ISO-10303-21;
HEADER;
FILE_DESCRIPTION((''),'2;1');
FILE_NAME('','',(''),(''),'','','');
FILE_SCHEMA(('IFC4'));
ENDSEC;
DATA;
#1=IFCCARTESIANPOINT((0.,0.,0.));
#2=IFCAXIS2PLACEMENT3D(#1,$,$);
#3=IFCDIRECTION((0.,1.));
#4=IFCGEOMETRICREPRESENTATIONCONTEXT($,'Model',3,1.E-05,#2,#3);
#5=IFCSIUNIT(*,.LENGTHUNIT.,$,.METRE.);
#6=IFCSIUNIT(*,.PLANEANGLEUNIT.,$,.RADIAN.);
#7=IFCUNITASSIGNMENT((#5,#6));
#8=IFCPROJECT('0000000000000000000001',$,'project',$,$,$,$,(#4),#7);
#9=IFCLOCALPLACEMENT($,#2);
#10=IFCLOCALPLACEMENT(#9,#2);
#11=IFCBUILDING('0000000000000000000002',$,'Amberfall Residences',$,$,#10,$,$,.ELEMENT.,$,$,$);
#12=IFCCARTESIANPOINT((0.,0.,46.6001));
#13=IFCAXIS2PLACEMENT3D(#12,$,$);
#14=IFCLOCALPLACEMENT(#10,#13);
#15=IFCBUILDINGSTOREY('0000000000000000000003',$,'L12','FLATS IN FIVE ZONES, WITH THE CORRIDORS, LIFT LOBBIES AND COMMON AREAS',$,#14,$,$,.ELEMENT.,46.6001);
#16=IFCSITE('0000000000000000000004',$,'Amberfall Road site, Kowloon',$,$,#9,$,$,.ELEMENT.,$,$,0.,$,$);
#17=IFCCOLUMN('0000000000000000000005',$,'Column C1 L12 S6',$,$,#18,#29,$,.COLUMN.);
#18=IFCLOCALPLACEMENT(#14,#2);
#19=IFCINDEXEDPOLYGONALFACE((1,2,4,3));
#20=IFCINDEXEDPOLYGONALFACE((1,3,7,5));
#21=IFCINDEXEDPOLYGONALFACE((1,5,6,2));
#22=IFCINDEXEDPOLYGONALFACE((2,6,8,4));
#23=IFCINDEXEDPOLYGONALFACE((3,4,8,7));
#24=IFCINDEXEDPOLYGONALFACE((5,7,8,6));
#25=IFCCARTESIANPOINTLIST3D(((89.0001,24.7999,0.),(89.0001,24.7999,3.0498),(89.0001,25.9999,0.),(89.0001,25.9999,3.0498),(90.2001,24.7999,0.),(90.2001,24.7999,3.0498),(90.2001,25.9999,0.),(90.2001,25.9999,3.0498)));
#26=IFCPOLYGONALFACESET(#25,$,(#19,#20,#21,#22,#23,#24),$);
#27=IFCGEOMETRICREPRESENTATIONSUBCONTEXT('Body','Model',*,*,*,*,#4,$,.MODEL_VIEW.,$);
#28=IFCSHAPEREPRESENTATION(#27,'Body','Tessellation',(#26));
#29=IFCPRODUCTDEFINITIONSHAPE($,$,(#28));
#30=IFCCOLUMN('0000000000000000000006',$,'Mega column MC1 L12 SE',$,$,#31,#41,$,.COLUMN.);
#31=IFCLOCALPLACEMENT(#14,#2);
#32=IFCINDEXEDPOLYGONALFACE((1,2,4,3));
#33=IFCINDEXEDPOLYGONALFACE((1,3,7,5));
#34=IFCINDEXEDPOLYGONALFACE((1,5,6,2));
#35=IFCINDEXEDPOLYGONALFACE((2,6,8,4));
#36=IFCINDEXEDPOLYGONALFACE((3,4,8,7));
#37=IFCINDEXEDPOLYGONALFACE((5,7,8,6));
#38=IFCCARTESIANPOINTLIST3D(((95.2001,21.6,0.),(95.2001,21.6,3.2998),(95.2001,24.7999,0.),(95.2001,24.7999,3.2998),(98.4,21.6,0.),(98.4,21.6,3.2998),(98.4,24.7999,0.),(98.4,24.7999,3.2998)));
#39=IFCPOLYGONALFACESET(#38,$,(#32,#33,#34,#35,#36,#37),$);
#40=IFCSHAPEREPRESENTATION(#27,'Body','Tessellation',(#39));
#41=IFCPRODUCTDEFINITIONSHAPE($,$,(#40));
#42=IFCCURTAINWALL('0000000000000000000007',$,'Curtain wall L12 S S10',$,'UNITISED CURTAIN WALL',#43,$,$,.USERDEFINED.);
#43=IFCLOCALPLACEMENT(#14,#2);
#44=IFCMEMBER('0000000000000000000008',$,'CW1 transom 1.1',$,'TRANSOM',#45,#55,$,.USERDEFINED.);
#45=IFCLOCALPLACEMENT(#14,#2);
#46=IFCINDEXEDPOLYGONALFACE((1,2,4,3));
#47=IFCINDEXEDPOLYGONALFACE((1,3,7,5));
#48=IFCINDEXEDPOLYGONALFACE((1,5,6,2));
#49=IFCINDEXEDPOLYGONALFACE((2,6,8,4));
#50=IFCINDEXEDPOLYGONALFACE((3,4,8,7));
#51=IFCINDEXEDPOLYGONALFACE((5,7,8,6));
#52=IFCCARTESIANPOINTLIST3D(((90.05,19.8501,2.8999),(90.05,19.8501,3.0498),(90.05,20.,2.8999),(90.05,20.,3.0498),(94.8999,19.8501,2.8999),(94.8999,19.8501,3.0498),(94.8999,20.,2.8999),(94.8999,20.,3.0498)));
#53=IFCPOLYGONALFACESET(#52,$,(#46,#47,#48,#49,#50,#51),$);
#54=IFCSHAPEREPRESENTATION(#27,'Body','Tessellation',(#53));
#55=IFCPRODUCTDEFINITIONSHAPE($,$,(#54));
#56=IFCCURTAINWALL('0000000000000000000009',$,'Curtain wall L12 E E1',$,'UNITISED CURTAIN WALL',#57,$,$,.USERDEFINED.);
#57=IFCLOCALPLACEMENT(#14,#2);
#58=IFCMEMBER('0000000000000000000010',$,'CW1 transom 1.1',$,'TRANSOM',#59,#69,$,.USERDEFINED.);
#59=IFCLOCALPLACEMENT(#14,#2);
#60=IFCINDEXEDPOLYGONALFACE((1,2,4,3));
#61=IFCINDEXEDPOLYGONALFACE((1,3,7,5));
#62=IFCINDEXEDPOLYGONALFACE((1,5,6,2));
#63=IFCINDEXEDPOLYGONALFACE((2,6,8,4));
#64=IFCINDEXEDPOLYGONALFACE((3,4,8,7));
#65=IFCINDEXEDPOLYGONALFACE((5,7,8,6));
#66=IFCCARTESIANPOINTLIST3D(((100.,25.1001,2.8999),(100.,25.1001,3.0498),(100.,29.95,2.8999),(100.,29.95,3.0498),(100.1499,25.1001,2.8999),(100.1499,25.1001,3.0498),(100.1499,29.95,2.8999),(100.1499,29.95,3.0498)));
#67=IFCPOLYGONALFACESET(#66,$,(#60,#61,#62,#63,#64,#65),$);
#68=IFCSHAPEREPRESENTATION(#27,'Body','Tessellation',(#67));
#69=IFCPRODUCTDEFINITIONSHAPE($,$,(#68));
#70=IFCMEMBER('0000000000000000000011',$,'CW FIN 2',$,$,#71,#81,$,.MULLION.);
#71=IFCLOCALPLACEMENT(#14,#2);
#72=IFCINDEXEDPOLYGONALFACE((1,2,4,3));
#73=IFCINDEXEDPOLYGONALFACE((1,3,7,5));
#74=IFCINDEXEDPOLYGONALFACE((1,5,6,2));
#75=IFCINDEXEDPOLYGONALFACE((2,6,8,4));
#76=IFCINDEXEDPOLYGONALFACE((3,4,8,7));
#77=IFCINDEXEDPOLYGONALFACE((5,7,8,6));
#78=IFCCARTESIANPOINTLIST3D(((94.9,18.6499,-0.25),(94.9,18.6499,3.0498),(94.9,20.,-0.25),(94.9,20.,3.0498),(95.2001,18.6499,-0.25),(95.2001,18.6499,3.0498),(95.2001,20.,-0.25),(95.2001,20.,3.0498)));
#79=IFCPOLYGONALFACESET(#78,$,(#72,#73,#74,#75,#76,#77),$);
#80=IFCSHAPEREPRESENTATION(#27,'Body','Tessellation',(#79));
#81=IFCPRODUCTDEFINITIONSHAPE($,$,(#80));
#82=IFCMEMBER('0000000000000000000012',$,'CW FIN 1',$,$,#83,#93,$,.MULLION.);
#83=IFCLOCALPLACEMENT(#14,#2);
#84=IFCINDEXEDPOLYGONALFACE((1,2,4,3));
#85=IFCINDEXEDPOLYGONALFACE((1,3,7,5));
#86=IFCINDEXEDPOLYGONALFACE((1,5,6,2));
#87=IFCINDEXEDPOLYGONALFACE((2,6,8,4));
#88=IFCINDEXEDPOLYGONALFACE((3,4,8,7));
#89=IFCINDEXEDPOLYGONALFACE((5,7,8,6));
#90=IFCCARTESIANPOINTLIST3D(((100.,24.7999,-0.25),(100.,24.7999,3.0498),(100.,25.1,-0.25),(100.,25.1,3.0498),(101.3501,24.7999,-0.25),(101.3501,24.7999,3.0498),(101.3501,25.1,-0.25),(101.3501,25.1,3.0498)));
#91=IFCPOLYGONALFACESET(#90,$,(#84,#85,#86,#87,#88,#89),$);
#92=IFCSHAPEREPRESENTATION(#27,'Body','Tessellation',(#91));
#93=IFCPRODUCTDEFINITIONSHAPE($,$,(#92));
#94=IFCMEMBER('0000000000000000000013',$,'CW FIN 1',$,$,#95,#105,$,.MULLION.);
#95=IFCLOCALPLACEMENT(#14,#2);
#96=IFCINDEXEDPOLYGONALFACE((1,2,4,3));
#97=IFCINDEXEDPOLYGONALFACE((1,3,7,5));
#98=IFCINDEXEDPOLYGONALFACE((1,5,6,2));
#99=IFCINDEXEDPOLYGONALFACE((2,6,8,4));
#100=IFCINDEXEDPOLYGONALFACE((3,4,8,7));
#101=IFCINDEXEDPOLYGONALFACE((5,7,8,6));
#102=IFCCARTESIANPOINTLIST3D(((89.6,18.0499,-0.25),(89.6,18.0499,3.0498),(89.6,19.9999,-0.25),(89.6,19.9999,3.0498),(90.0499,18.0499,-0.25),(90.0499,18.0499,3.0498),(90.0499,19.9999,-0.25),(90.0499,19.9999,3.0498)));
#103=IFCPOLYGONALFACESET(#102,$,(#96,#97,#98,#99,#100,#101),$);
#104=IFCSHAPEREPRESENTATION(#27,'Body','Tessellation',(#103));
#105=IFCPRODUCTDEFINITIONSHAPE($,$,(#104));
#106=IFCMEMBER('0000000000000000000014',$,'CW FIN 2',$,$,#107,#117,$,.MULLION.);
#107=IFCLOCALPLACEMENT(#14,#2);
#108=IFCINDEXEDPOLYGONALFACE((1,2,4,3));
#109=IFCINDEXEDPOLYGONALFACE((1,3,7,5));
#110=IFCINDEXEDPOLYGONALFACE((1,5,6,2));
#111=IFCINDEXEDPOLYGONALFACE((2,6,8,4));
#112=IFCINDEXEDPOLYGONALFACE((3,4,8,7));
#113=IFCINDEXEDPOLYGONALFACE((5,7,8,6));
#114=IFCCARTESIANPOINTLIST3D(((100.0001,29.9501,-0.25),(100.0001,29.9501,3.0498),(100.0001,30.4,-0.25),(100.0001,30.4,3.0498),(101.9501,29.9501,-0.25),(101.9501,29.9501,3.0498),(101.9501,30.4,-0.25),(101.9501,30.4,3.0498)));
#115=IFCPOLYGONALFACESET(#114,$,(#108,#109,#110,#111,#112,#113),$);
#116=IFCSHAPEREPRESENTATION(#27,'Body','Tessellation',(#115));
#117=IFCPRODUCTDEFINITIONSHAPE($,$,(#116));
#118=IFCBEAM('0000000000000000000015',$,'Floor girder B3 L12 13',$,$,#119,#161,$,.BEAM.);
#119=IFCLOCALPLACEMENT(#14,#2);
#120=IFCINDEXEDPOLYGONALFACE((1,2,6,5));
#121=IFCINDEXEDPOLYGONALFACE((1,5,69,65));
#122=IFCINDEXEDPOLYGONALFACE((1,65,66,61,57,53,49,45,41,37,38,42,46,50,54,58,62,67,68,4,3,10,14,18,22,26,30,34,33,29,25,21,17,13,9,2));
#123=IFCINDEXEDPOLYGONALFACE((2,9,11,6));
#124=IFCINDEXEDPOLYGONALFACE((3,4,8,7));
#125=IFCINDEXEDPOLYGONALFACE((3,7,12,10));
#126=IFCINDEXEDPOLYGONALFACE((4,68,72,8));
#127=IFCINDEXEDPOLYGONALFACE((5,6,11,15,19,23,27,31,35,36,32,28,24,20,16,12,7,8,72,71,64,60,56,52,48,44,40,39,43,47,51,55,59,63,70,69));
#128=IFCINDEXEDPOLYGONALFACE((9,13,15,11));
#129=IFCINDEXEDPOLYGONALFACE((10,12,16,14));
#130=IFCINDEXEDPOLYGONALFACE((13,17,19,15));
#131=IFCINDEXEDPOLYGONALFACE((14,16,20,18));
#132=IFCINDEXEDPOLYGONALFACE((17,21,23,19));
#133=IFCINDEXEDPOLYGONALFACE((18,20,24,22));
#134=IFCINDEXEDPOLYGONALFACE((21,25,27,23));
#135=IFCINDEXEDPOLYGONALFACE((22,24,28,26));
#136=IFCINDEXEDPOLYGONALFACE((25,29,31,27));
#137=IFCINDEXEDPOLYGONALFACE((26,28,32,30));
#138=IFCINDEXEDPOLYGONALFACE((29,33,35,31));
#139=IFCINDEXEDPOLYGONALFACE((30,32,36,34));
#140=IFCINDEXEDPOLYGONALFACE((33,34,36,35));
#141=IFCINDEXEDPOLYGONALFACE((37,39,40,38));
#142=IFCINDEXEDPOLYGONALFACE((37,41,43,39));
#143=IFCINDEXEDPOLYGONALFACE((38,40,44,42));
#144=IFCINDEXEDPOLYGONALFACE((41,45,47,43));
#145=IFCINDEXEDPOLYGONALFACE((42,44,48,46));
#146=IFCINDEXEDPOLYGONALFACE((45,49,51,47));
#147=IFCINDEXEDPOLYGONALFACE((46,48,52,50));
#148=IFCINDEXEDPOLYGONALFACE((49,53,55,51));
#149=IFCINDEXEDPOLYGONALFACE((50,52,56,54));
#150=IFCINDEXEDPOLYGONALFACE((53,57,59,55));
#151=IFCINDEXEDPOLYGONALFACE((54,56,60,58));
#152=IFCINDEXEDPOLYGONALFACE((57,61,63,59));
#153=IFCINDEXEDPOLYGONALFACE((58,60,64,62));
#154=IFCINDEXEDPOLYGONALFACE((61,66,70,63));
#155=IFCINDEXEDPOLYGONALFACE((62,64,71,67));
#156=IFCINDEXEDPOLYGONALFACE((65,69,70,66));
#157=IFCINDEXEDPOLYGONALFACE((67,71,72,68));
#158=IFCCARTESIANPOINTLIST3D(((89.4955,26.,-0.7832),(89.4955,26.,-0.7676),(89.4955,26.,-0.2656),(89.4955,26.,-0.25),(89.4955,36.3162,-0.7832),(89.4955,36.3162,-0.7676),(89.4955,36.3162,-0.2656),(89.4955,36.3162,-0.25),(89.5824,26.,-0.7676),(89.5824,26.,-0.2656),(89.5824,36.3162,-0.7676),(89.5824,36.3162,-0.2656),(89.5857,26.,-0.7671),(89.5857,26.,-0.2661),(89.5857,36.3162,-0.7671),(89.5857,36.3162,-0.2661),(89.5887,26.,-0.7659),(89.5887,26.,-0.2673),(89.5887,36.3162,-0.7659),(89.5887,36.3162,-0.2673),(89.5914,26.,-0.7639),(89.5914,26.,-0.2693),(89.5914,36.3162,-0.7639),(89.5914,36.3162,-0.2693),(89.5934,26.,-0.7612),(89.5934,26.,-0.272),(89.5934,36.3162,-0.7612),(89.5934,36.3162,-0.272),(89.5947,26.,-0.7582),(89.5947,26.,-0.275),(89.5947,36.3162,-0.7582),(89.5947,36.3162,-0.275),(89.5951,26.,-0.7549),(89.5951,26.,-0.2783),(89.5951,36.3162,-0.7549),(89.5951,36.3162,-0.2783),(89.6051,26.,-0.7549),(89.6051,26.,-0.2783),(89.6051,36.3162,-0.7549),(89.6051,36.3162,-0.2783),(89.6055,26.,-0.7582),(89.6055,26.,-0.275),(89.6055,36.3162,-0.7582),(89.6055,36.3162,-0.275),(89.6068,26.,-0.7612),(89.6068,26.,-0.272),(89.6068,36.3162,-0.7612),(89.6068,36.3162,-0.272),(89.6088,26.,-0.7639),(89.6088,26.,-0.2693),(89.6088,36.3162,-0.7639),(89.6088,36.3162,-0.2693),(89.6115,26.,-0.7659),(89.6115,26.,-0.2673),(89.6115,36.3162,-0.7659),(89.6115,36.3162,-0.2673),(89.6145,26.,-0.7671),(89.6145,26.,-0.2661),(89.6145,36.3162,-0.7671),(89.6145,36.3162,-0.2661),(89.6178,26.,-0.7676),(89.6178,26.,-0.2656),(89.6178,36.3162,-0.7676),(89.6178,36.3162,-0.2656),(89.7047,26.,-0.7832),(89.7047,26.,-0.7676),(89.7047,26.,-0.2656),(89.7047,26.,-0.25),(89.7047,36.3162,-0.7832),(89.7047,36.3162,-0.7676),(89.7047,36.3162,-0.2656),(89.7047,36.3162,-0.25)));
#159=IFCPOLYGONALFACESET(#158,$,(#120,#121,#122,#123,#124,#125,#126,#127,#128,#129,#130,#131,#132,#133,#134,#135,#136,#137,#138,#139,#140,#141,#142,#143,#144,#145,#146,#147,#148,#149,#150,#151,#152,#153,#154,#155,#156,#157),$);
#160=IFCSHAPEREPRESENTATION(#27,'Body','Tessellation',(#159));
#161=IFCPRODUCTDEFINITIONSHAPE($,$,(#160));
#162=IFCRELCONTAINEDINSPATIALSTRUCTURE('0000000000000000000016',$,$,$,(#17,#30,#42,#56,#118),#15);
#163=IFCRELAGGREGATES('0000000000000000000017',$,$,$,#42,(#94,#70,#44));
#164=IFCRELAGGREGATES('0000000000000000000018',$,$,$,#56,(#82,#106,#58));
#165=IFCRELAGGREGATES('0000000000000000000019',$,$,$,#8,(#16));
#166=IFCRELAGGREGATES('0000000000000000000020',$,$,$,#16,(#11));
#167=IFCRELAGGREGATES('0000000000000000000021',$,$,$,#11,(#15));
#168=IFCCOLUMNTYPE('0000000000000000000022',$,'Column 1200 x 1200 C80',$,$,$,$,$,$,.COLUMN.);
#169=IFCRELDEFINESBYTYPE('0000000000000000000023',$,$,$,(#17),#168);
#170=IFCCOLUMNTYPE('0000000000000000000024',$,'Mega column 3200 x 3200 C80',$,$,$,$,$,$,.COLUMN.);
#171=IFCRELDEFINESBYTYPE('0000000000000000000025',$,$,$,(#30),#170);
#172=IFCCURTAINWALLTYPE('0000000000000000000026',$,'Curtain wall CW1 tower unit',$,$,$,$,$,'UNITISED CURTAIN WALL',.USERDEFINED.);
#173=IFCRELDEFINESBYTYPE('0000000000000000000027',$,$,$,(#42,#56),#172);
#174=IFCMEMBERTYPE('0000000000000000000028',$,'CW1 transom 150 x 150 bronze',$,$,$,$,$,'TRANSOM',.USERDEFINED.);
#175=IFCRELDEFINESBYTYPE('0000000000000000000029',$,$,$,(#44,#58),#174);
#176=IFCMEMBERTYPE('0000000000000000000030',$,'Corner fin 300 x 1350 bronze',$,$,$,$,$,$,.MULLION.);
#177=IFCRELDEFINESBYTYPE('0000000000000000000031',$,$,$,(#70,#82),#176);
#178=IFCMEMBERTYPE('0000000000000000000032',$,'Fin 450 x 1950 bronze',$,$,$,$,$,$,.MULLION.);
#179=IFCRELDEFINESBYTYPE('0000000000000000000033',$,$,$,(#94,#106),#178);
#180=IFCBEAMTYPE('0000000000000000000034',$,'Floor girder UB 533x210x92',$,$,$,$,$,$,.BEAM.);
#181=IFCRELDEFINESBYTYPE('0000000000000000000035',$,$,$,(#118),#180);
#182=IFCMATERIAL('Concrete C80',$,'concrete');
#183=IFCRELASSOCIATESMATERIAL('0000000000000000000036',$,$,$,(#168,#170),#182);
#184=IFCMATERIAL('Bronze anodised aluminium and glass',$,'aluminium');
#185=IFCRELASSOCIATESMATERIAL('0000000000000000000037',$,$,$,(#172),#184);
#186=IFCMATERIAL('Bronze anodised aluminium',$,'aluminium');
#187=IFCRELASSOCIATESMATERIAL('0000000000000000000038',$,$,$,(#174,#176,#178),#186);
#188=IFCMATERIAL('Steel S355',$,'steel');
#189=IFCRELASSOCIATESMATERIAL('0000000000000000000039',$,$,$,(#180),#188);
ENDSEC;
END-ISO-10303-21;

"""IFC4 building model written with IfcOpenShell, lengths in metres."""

from ifc_helpers import new_model, si_unit, direction, frame, origin, origin_2d, place, context, subcontext, project, spatial, rectangle, i_section, extrude, material, material_profile, profile_set, type_object, element, aggregate, save


model = new_model("IFC4")

# Units and contexts
model_context = context("Model", 3, precision=1e-05, world=origin(), true_north=direction((0.0, 1.0)))
body_context = subcontext(model_context, "Body", "Model", "MODEL_VIEW")
ifc_project = project(units=[si_unit("LENGTHUNIT", "METRE"), si_unit("PLANEANGLEUNIT", "RADIAN")], contexts=[model_context])

# Site, building, storey
site_placement = place(None, origin())
site = spatial("IfcSite", under=ifc_project, at=site_placement, Name="Amberfall Road site, Kowloon", CompositionType="ELEMENT", RefElevation=0.0)
building_placement = place(site_placement, origin())
building = spatial("IfcBuilding", under=site, at=building_placement, Name="Amberfall Residences", CompositionType="ELEMENT")
storey_placement = place(building_placement, frame((0.0, 0.0, 46.6001)))
storey = spatial("IfcBuildingStorey", under=building, at=storey_placement, Name="L12", Description="FLATS IN FIVE ZONES, WITH THE CORRIDORS, LIFT LOBBIES AND COMMON AREAS", CompositionType="ELEMENT", Elevation=46.6001)

# Columns
ifc_material_1 = material(Name="Concrete C80", Category="concrete")
ifc_material_profile_1 = material_profile(ifc_material_1, rectangle(XDim=1.2, YDim=1.2, at=origin_2d()), Name="Column 1200 x 1200 C80")
ifc_profile_set_1 = profile_set([ifc_material_profile_1], Name="Concrete C80")
column_type_1 = type_object("IfcColumnType", Name="Column 1200 x 1200 C80", PredefinedType="COLUMN", material=ifc_profile_set_1)
column_1_placement = place(storey_placement, frame((89.6001, 25.3999, 0.0), z_axis=(0.0, 0.0, 1.0), x_axis=(1.0, 0.0, 0.0)))
element("IfcColumn", 1, at=column_1_placement, inside=storey, type_object=column_type_1, Name="Column C1 L12 S6", PredefinedType="COLUMN", context=body_context, shape_type="SweptSolid", body=[
    extrude(rectangle(XDim=1.2, YDim=1.2, at=origin_2d()), origin(), (0.0, 0.0, 1.0), 3.0498),
])
ifc_material_profile_2 = material_profile(ifc_material_1, rectangle(XDim=3.2, YDim=3.2, at=origin_2d()), Name="Mega column 3200 x 3200 C80")
ifc_profile_set_2 = profile_set([ifc_material_profile_2], Name="Concrete C80")
column_type_2 = type_object("IfcColumnType", Name="Mega column 3200 x 3200 C80", PredefinedType="COLUMN", material=ifc_profile_set_2)
column_2_placement = place(storey_placement, frame((96.8, 23.2, 0.0), z_axis=(0.0, 0.0, 1.0), x_axis=(1.0, 0.0, 0.0)))
element("IfcColumn", 2, at=column_2_placement, inside=storey, type_object=column_type_2, Name="Mega column MC1 L12 SE", PredefinedType="COLUMN", context=body_context, shape_type="SweptSolid", body=[
    extrude(rectangle(XDim=3.2, YDim=3.2, at=origin_2d()), origin(), (0.0, 0.0, 1.0), 3.2998),
])

# Curtain walls, members
ifc_material_2 = material(Name="Bronze anodised aluminium and glass", Category="aluminium")
curtain_wall_type = type_object("IfcCurtainWallType", Name="Curtain wall CW1 tower unit", ElementType="UNITISED CURTAIN WALL", PredefinedType="USERDEFINED", material=ifc_material_2)
curtain_wall_1_placement = place(storey_placement, origin())
curtain_wall_1 = element("IfcCurtainWall", 3, at=curtain_wall_1_placement, inside=storey, type_object=curtain_wall_type, Name="Curtain wall L12 S S10", ObjectType="UNITISED CURTAIN WALL", PredefinedType="USERDEFINED")
ifc_material_3 = material(Name="Bronze anodised aluminium", Category="aluminium")
ifc_material_profile_3 = material_profile(ifc_material_3, rectangle(XDim=0.1499, YDim=0.1499, at=origin_2d()), Name="CW1 transom 150 x 150 bronze")
ifc_profile_set_3 = profile_set([ifc_material_profile_3], Name="Bronze anodised aluminium")
member_type_1 = type_object("IfcMemberType", Name="CW1 transom 150 x 150 bronze", ElementType="TRANSOM", PredefinedType="USERDEFINED", material=ifc_profile_set_3)
member_1_placement = place(storey_placement, frame((90.05, 19.925, 2.9749), z_axis=(1.0, 0.0, 0.0), x_axis=(0.0, 1.0, 0.0)))
member_1 = element("IfcMember", 4, at=member_1_placement, type_object=member_type_1, Name="CW1 transom 1.1", ObjectType="TRANSOM", PredefinedType="USERDEFINED", context=body_context, shape_type="SweptSolid", body=[
    extrude(rectangle(XDim=0.1499, YDim=0.1499, at=origin_2d()), origin(), (0.0, 0.0, 1.0), 4.8499),
])
curtain_wall_2_placement = place(storey_placement, origin())
curtain_wall_2 = element("IfcCurtainWall", 5, at=curtain_wall_2_placement, inside=storey, type_object=curtain_wall_type, Name="Curtain wall L12 E E1", ObjectType="UNITISED CURTAIN WALL", PredefinedType="USERDEFINED")
member_2_placement = place(storey_placement, frame((100.075, 25.1001, 2.9749), z_axis=(0.0, 1.0, 0.0), x_axis=(-1.0, 0.0, 0.0)))
member_2 = element("IfcMember", 6, at=member_2_placement, type_object=member_type_1, Name="CW1 transom 1.1", ObjectType="TRANSOM", PredefinedType="USERDEFINED", context=body_context, shape_type="SweptSolid", body=[
    extrude(rectangle(XDim=0.1499, YDim=0.1499, at=origin_2d()), origin(), (0.0, 0.0, 1.0), 4.8499),
])

# Members
ifc_material_profile_4 = material_profile(ifc_material_3, rectangle(XDim=1.3501, YDim=0.3, at=origin_2d()), Name="Corner fin 300 x 1350 bronze")
ifc_profile_set_4 = profile_set([ifc_material_profile_4], Name="Bronze anodised aluminium")
member_type_2 = type_object("IfcMemberType", Name="Corner fin 300 x 1350 bronze", PredefinedType="MULLION", material=ifc_profile_set_4)
member_3_placement = place(storey_placement, frame((95.05, 19.325, -0.25), z_axis=(0.0, 0.0, 1.0), x_axis=(0.0, 1.0, 0.0)))
member_3 = element("IfcMember", 7, at=member_3_placement, type_object=member_type_2, Name="CW FIN 2", PredefinedType="MULLION", context=body_context, shape_type="SweptSolid", body=[
    extrude(rectangle(XDim=1.3501, YDim=0.3, at=origin_2d()), origin(), (0.0, 0.0, 1.0), 3.2998),
])
member_4_placement = place(storey_placement, frame((100.675, 24.95, -0.25), z_axis=(0.0, 0.0, 1.0), x_axis=(-1.0, 0.0, 0.0)))
member_4 = element("IfcMember", 8, at=member_4_placement, type_object=member_type_2, Name="CW FIN 1", PredefinedType="MULLION", context=body_context, shape_type="SweptSolid", body=[
    extrude(rectangle(XDim=1.3501, YDim=0.3, at=origin_2d()), origin(), (0.0, 0.0, 1.0), 3.2998),
])
ifc_material_profile_5 = material_profile(ifc_material_3, rectangle(XDim=1.95, YDim=0.45, at=origin_2d()), Name="Fin 450 x 1950 bronze")
ifc_profile_set_5 = profile_set([ifc_material_profile_5], Name="Bronze anodised aluminium")
member_type_3 = type_object("IfcMemberType", Name="Fin 450 x 1950 bronze", PredefinedType="MULLION", material=ifc_profile_set_5)
member_5_placement = place(storey_placement, frame((89.825, 19.0249, -0.25), z_axis=(0.0, 0.0, 1.0), x_axis=(0.0, 1.0, 0.0)))
member_5 = element("IfcMember", 9, at=member_5_placement, type_object=member_type_3, Name="CW FIN 1", PredefinedType="MULLION", context=body_context, shape_type="SweptSolid", body=[
    extrude(rectangle(XDim=1.95, YDim=0.45, at=origin_2d()), origin(), (0.0, 0.0, 1.0), 3.2998),
])
member_6_placement = place(storey_placement, frame((100.9751, 30.175, -0.25), z_axis=(0.0, 0.0, 1.0), x_axis=(-1.0, 0.0, 0.0)))
member_6 = element("IfcMember", 10, at=member_6_placement, type_object=member_type_3, Name="CW FIN 2", PredefinedType="MULLION", context=body_context, shape_type="SweptSolid", body=[
    extrude(rectangle(XDim=1.95, YDim=0.45, at=origin_2d()), origin(), (0.0, 0.0, 1.0), 3.2998),
])

# Beam
ifc_material_4 = material(Name="Steel S355", Category="steel")
ifc_material_profile_6 = material_profile(ifc_material_4, i_section(OverallWidth=0.2092, OverallDepth=0.5332, WebThickness=0.01, FlangeThickness=0.0156, FilletRadius=0.0127, at=origin_2d()), Name="UB 533x210x92")
ifc_profile_set_6 = profile_set([ifc_material_profile_6], Name="Steel S355")
beam_type_1 = type_object("IfcBeamType", Name="Floor girder UB 533x210x92", PredefinedType="BEAM", material=ifc_profile_set_6)
beam_1_placement = place(storey_placement, frame((89.6001, 26.0, -0.5166), z_axis=(0.0, 1.0, 0.0), x_axis=(-1.0, 0.0, 0.0)))
element("IfcBeam", 11, at=beam_1_placement, inside=storey, type_object=beam_type_1, Name="Floor girder B3 L12 13", PredefinedType="BEAM", context=body_context, shape_type="SweptSolid", body=[
    extrude(i_section(OverallWidth=0.2092, OverallDepth=0.5332, WebThickness=0.01, FlangeThickness=0.0156, FilletRadius=0.0127, at=origin_2d()), origin(), (0.0, 0.0, 1.0), 10.3162),
])

aggregate(curtain_wall_1, [member_5, member_3, member_1])
aggregate(curtain_wall_2, [member_4, member_6, member_2])

save(model, "model.ifc")
